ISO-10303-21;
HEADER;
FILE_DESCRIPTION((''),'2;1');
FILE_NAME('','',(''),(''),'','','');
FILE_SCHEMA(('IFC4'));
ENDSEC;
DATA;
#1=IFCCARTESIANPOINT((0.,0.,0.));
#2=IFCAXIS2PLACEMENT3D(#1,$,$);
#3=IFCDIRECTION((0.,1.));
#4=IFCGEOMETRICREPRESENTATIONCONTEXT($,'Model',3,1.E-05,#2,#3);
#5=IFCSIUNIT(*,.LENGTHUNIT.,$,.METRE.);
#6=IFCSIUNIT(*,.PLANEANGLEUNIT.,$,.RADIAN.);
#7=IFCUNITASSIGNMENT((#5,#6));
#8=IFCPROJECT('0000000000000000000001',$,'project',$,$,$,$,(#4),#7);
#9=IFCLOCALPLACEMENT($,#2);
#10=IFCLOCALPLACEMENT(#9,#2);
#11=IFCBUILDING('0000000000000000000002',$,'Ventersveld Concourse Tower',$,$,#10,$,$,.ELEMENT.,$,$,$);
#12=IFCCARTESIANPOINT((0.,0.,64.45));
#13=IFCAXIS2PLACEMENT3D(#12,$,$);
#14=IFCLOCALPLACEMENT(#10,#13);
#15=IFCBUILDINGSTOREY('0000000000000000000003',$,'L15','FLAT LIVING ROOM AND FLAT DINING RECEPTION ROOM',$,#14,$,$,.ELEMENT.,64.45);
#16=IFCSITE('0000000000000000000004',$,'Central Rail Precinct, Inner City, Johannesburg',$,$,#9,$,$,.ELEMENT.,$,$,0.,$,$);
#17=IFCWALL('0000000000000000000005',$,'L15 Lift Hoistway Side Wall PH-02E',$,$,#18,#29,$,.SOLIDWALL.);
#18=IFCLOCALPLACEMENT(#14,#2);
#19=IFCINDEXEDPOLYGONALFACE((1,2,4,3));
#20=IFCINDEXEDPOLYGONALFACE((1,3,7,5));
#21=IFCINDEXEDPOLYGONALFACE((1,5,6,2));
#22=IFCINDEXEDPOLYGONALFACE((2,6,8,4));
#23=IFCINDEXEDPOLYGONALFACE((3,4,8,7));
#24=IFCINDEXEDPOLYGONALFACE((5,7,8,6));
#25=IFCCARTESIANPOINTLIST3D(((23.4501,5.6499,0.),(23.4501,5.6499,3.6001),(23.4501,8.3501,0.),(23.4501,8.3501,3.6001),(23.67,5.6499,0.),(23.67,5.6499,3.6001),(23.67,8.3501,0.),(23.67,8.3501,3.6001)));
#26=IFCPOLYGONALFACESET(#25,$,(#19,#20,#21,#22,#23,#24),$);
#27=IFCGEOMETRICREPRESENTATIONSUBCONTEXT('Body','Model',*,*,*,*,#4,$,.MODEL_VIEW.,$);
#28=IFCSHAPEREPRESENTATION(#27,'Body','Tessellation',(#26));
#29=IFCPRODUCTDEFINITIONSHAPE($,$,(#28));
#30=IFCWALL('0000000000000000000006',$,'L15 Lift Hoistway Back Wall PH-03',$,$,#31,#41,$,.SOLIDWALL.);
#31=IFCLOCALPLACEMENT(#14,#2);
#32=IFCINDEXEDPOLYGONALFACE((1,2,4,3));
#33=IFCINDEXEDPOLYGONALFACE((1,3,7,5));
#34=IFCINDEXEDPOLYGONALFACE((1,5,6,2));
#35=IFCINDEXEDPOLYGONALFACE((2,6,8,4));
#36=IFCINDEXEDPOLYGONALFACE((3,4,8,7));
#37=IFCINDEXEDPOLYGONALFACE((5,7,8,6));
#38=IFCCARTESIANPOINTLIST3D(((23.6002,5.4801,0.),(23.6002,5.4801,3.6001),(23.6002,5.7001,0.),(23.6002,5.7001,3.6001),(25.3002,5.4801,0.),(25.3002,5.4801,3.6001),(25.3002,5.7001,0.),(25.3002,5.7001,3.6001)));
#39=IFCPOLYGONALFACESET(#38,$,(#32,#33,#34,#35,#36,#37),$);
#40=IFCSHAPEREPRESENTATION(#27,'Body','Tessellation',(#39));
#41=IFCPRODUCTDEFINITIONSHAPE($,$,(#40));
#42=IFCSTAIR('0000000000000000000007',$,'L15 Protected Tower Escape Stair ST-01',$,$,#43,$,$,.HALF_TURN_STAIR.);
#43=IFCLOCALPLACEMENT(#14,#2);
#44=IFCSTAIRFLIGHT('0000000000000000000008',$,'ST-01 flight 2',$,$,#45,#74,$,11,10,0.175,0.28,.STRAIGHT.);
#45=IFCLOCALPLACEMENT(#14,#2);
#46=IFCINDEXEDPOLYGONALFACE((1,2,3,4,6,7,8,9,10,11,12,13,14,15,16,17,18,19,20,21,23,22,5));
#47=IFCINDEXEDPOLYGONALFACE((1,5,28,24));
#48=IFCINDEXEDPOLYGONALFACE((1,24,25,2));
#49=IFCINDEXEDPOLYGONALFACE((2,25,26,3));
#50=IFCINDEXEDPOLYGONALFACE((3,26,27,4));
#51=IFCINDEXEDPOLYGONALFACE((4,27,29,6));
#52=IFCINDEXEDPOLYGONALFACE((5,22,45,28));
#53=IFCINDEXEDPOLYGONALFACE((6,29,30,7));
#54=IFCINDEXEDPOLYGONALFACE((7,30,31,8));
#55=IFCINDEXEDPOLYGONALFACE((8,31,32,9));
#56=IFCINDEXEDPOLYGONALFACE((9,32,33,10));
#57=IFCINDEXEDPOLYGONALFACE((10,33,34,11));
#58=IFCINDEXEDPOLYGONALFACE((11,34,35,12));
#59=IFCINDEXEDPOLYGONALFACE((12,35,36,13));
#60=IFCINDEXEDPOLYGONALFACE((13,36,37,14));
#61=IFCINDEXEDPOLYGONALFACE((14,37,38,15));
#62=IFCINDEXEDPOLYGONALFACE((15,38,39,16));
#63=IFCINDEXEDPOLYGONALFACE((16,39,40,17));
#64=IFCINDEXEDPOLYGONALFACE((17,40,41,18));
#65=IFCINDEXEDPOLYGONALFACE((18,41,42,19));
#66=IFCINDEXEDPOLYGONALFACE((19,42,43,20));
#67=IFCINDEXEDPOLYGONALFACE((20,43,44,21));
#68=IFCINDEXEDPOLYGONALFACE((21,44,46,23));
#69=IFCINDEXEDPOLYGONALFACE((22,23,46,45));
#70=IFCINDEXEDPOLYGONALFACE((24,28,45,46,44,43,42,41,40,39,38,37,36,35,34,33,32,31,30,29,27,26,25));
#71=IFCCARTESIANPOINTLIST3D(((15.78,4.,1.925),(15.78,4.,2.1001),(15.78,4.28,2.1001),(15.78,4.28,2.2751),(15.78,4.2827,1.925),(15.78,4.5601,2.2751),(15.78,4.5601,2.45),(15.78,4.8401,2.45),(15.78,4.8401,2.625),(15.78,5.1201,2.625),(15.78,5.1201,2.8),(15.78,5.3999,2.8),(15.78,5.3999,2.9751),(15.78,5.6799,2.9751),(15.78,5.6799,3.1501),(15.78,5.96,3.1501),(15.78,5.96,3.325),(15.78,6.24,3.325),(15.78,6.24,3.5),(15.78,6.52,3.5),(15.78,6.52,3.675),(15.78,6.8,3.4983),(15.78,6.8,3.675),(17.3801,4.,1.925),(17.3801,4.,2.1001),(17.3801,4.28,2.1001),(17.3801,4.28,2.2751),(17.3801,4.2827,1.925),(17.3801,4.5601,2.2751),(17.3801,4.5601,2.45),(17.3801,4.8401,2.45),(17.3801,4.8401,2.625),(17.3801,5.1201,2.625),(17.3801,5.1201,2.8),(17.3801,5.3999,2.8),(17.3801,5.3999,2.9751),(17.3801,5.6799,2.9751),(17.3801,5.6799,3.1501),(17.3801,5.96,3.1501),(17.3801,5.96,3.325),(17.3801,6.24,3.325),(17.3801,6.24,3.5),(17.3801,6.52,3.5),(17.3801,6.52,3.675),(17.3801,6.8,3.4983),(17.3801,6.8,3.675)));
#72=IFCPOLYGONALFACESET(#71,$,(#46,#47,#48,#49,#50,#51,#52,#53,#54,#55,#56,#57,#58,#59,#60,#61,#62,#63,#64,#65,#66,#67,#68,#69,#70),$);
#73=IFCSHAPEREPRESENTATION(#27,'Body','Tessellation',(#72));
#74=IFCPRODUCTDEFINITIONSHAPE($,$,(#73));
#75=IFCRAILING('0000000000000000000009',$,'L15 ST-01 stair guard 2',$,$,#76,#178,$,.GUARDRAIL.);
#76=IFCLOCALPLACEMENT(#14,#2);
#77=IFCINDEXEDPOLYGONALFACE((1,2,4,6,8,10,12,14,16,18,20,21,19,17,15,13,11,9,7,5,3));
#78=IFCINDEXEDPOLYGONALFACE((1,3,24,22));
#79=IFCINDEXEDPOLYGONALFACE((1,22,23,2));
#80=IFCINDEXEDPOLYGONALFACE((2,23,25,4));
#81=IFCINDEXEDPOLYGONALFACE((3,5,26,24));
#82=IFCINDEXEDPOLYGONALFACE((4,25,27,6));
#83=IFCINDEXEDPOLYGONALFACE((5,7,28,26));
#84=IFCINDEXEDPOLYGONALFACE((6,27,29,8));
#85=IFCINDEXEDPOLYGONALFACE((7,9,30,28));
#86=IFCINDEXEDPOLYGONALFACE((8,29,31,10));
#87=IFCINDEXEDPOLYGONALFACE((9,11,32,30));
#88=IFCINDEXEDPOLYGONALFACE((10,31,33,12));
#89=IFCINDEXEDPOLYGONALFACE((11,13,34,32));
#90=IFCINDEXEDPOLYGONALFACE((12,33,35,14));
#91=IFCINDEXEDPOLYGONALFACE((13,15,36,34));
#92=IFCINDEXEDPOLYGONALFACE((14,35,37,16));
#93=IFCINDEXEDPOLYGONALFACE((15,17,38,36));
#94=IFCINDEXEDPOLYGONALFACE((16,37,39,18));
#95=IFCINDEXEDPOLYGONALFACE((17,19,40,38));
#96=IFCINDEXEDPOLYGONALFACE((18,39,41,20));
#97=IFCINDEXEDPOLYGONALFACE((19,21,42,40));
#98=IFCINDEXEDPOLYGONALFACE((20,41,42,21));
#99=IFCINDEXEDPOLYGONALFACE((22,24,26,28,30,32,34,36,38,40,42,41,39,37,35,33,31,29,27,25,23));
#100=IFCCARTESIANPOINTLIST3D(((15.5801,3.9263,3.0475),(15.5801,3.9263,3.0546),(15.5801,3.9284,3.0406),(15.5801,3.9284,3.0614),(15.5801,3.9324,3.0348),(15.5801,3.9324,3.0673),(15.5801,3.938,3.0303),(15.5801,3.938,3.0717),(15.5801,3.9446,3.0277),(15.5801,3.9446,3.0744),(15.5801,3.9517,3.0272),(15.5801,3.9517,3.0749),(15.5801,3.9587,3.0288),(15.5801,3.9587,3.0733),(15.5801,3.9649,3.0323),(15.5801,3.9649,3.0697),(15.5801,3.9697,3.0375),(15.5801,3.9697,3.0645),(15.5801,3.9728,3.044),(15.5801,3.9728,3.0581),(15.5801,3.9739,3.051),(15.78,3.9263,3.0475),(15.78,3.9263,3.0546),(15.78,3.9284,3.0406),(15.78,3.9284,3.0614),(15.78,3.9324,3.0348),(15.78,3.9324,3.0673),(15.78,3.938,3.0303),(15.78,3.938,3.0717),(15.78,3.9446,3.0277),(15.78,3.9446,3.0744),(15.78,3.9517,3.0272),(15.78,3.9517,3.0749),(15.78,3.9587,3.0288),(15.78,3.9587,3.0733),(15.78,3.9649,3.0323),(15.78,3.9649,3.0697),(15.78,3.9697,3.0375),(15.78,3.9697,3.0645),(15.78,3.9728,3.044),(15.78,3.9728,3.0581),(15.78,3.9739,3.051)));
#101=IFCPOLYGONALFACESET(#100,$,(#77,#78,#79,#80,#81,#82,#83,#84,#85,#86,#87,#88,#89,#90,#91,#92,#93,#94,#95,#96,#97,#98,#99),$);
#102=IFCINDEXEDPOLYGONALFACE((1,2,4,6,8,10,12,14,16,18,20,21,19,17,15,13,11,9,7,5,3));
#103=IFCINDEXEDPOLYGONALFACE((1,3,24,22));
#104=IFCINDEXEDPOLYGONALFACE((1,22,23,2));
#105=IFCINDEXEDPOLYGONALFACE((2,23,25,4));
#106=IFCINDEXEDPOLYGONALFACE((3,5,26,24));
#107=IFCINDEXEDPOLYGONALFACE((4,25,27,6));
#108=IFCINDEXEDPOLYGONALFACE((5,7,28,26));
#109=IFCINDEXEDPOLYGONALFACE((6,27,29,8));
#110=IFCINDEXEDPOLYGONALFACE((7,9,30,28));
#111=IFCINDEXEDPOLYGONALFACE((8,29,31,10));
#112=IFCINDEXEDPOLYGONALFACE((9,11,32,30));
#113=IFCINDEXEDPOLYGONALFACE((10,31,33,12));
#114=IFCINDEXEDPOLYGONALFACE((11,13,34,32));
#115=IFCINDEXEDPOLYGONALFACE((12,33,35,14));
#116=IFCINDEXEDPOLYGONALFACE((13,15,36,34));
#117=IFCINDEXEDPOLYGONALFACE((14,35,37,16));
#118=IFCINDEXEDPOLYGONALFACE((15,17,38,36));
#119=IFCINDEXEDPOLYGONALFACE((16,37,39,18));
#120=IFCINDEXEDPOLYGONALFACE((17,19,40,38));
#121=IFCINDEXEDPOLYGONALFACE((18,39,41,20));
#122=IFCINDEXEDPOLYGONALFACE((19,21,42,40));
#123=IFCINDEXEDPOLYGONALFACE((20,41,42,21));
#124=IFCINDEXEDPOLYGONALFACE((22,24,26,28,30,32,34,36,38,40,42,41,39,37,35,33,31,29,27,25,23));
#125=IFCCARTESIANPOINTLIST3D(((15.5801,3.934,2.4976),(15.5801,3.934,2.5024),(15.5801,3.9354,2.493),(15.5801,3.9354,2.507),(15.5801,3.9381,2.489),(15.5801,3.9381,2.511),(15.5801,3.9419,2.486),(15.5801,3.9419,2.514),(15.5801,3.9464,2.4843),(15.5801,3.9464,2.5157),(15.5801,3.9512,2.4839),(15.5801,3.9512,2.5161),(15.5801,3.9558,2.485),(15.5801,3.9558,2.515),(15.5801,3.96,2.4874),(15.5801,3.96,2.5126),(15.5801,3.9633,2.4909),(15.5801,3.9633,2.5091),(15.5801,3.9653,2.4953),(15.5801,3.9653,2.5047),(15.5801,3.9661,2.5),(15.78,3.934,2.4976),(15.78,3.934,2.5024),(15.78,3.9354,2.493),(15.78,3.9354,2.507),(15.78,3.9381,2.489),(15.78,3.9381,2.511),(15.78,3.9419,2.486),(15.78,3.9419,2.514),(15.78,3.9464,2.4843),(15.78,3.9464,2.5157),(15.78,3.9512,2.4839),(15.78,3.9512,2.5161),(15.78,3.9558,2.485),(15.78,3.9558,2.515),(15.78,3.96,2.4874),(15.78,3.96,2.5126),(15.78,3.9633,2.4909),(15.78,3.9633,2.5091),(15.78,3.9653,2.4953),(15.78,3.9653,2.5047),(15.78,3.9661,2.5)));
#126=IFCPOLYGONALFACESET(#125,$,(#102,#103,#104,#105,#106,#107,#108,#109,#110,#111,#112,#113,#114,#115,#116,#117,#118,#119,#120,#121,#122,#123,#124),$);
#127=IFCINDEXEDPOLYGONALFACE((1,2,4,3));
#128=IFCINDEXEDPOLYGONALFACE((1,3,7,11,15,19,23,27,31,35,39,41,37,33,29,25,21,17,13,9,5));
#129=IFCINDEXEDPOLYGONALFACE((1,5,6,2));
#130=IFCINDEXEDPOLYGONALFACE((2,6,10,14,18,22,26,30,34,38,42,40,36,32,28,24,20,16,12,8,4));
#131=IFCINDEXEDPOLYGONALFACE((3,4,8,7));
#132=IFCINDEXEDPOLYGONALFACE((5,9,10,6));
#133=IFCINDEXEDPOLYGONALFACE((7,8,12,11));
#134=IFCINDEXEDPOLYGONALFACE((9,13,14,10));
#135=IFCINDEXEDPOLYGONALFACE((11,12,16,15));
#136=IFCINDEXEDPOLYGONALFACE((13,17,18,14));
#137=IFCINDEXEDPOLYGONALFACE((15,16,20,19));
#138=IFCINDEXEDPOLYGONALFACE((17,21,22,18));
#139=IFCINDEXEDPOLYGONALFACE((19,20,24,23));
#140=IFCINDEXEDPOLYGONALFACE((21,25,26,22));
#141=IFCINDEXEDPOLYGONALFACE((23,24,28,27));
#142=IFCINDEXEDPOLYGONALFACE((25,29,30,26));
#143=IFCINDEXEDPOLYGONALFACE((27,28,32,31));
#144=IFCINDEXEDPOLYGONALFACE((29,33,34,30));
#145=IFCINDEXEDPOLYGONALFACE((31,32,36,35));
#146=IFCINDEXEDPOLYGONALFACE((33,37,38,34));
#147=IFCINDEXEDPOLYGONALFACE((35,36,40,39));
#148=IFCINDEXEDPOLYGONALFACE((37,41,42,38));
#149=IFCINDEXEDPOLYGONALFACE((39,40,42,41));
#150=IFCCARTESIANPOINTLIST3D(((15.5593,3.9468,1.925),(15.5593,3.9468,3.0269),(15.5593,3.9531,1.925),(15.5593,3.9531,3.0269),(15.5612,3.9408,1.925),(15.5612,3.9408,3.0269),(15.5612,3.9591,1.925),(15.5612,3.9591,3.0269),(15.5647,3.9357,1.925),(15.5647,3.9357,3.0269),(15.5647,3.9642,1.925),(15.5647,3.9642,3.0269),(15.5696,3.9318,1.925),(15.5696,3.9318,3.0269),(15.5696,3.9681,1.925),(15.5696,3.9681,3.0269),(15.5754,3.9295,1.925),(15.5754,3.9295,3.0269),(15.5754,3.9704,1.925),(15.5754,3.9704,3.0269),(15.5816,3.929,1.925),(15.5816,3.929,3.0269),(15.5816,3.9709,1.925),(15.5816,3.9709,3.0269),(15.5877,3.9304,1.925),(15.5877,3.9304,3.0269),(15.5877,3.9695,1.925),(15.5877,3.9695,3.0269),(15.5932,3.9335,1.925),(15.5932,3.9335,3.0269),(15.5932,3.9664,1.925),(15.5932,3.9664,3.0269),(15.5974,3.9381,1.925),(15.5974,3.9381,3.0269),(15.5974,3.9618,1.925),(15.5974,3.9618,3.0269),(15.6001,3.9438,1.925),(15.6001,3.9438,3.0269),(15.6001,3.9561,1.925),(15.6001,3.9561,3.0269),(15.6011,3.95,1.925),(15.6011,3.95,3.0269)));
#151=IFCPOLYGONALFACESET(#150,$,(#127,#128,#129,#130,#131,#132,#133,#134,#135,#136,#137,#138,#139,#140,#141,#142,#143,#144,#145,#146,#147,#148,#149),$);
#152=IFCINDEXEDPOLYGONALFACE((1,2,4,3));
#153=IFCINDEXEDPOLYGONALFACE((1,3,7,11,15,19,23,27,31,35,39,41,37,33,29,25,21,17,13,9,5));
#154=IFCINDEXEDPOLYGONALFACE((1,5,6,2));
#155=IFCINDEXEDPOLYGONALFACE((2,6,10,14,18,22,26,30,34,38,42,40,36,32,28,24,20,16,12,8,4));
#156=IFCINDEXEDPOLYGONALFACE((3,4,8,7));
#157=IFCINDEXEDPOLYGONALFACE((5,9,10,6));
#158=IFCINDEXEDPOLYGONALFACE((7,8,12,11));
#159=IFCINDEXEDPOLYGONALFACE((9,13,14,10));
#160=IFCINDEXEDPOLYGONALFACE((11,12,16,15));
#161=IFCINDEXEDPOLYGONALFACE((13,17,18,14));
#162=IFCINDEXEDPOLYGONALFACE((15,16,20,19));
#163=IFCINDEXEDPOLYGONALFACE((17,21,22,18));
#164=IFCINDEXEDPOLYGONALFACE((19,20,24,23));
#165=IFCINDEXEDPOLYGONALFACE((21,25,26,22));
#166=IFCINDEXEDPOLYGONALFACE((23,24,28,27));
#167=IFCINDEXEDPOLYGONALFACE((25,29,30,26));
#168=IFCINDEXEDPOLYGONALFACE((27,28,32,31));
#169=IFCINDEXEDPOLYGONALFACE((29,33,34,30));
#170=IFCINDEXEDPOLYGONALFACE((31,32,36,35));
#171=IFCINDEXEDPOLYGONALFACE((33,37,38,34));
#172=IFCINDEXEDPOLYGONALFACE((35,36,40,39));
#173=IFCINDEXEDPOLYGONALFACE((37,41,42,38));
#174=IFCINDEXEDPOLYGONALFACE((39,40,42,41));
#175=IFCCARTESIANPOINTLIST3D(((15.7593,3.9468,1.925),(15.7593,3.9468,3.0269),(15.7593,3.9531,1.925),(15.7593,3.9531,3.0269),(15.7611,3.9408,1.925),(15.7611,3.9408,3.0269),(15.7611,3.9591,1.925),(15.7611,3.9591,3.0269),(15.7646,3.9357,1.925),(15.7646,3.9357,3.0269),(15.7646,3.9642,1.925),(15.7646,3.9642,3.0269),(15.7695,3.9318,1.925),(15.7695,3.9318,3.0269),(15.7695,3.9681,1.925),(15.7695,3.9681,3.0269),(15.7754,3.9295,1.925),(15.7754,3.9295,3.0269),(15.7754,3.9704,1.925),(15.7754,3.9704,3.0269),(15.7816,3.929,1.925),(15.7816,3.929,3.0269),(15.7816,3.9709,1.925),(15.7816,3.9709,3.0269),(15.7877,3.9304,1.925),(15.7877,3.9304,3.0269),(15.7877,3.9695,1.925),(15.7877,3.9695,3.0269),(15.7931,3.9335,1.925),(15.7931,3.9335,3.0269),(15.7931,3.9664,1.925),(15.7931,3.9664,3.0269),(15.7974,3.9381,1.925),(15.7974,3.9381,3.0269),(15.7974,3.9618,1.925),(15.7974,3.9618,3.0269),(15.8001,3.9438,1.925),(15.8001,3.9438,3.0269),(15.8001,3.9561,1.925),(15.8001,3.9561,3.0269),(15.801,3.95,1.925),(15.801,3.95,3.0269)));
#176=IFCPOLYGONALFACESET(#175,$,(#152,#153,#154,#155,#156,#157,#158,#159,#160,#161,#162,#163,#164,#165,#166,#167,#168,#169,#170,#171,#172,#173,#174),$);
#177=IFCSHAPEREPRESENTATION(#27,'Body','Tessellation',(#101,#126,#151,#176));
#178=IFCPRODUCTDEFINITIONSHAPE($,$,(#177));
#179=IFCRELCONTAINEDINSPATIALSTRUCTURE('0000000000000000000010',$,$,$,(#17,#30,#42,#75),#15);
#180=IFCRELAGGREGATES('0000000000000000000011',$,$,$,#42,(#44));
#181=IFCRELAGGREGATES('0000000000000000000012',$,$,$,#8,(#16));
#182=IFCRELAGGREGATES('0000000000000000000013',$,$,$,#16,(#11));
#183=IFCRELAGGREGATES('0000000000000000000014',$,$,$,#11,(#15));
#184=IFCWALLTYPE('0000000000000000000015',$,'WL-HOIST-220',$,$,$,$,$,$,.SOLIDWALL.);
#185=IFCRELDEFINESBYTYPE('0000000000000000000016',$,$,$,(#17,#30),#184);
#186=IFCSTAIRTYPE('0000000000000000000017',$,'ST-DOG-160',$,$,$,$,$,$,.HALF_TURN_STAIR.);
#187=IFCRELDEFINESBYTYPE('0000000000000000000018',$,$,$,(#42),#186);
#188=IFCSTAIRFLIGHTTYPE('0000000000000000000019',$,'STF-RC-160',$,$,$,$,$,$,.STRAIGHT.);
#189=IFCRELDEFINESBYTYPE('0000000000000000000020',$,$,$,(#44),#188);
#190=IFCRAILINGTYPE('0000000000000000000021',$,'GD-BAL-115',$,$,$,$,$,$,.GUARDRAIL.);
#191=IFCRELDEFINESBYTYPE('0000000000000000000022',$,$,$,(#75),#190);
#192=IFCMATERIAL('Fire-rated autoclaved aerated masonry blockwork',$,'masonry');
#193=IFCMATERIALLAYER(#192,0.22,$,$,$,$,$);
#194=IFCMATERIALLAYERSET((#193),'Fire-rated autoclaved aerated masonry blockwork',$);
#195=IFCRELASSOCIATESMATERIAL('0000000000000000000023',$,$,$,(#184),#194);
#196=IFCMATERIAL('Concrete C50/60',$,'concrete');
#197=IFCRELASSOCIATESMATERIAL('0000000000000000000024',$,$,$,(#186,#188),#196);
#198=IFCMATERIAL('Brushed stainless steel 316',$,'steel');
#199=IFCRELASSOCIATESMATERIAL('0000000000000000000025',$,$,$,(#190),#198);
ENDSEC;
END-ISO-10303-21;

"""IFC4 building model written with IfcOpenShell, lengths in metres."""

from ifc_helpers import new_model, si_unit, direction, frame, frame_2d, origin, origin_2d, place, context, subcontext, project, spatial, polyline, rectangle, circle, outline, extrude, material, layer, layer_set, type_object, element, aggregate, save


model = new_model("IFC4")

# Units and contexts
model_context = context("Model", 3, precision=1e-05, world=origin(), true_north=direction((0.0, 1.0)))
body_context = subcontext(model_context, "Body", "Model", "MODEL_VIEW")
ifc_project = project(units=[si_unit("LENGTHUNIT", "METRE"), si_unit("PLANEANGLEUNIT", "RADIAN")], contexts=[model_context])

# Site, building, storey
site_placement = place(None, origin())
site = spatial("IfcSite", under=ifc_project, at=site_placement, Name="Central Rail Precinct, Inner City, Johannesburg", CompositionType="ELEMENT", RefElevation=0.0)
building_placement = place(site_placement, origin())
building = spatial("IfcBuilding", under=site, at=building_placement, Name="Ventersveld Concourse Tower", CompositionType="ELEMENT")
storey_placement = place(building_placement, frame((0.0, 0.0, 64.45)))
storey = spatial("IfcBuildingStorey", under=building, at=storey_placement, Name="L15", Description="FLAT LIVING ROOM AND FLAT DINING RECEPTION ROOM", CompositionType="ELEMENT", Elevation=64.45)

# Shared definitions
ifc_material_1 = material(Name="Concrete C50/60", Category="concrete")

# Shared definitions
ifc_material_2 = material(Name="Fire-rated autoclaved aerated masonry blockwork", Category="masonry")
ifc_layer_1 = layer(ifc_material_2, 0.22)
ifc_layer_set_1 = layer_set([ifc_layer_1], Name="Fire-rated autoclaved aerated masonry blockwork")
wall_type_1 = type_object("IfcWallType", Name="WL-HOIST-220", PredefinedType="SOLIDWALL", material=ifc_layer_set_1)

# Shared definitions
ifc_material_3 = material(Name="Brushed stainless steel 316", Category="steel")

# Walls
wall_1_placement = place(storey_placement, frame((23.5601, 5.6499, 0.0), z_axis=(0.0, 0.0, 1.0), x_axis=(0.0, 1.0, 0.0)))
element("IfcWall", 1, at=wall_1_placement, inside=storey, type_object=wall_type_1, Name="L15 Lift Hoistway Side Wall PH-02E", PredefinedType="SOLIDWALL", context=body_context, shape_type="SweptSolid", body=[
    extrude(rectangle(XDim=2.7002, YDim=0.22, at=frame_2d((1.3501, 0.0))), origin(), (0.0, 0.0, 1.0), 3.6001),
])
wall_2_placement = place(storey_placement, frame((23.6001, 5.5901, 0.0), z_axis=(0.0, 0.0, 1.0), x_axis=(1.0, 0.0, 0.0)))
element("IfcWall", 2, at=wall_2_placement, inside=storey, type_object=wall_type_1, Name="L15 Lift Hoistway Back Wall PH-03", PredefinedType="SOLIDWALL", context=body_context, shape_type="SweptSolid", body=[
    extrude(rectangle(XDim=1.7, YDim=0.22, at=frame_2d((0.8501, 0.0))), origin(), (0.0, 0.0, 1.0), 3.6001),
])

# Stair, stair flight
stair_type = type_object("IfcStairType", Name="ST-DOG-160", PredefinedType="HALF_TURN_STAIR", material=ifc_material_1)
stair_placement = place(storey_placement, origin())
stair = element("IfcStair", 3, at=stair_placement, inside=storey, type_object=stair_type, Name="L15 Protected Tower Escape Stair ST-01", PredefinedType="HALF_TURN_STAIR")
stair_flight_type = type_object("IfcStairFlightType", Name="STF-RC-160", PredefinedType="STRAIGHT", material=ifc_material_1)
stair_flight_placement = place(storey_placement, frame((16.5801, 4.0, 1.925), z_axis=(0.0, 0.0, 1.0), x_axis=(0.0, 1.0, 0.0)))
stair_flight = element("IfcStairFlight", 4, at=stair_flight_placement, type_object=stair_flight_type, Name="ST-01 flight 2", NumberOfRisers=11, NumberOfTreads=10, PredefinedType="STRAIGHT", RiserHeight=0.175, TreadLength=0.28, context=body_context, shape_type="SweptSolid", body=[
    extrude(outline(polyline([(0.0, 0.0), (0.0, 0.175), (0.28, 0.175), (0.28, 0.3501), (0.5601, 0.3501), (0.5601, 0.5249), (0.8401, 0.5249), (0.8401, 0.7), (1.1201, 0.7), (1.1201, 0.875), (1.3999, 0.875), (1.3999, 1.05), (1.6799, 1.05), (1.6799, 1.2251), (1.96, 1.2251), (1.96, 1.3999), (2.24, 1.3999), (2.24, 1.575), (2.52, 1.575), (2.52, 1.75), (2.8, 1.75), (2.8, 1.925), (2.8, 1.5732), (0.2827, 0.0), (0.0, 0.0)])), frame((0.0, 0.8, 0.0), z_axis=(0.0, -1.0, 0.0), x_axis=(1.0, 0.0, 0.0)), (0.0, 0.0, 1.0), 1.6001),
])
aggregate(stair, [stair_flight])

# Railing
railing_type_1 = type_object("IfcRailingType", Name="GD-BAL-115", PredefinedType="GUARDRAIL", material=ifc_material_3)
railing_1_placement = place(storey_placement, frame((15.5801, 3.95, 1.925)))
element("IfcRailing", 5, at=railing_1_placement, inside=storey, type_object=railing_type_1, Name="L15 ST-01 stair guard 2", PredefinedType="GUARDRAIL", context=body_context, shape_type="SweptSolid", body=[
    extrude(circle(Radius=0.0239, at=origin_2d()), frame((0.0, 0.0, 1.126), z_axis=(1.0, 0.0, 0.0), x_axis=(0.0, 1.0, 0.0)), (0.0, 0.0, 1.0), 0.2),
    extrude(circle(Radius=0.0161, at=origin_2d()), frame((0.0, 0.0, 0.575), z_axis=(1.0, 0.0, 0.0), x_axis=(0.0, 1.0, 0.0)), (0.0, 0.0, 1.0), 0.2),
    extrude(circle(Radius=0.021, at=origin_2d()), origin(), (0.0, 0.0, 1.0), 1.1018),
    extrude(circle(Radius=0.021, at=origin_2d()), frame((0.2, 0.0, 0.0)), (0.0, 0.0, 1.0), 1.1018),
])

save(model, "model.ifc")
